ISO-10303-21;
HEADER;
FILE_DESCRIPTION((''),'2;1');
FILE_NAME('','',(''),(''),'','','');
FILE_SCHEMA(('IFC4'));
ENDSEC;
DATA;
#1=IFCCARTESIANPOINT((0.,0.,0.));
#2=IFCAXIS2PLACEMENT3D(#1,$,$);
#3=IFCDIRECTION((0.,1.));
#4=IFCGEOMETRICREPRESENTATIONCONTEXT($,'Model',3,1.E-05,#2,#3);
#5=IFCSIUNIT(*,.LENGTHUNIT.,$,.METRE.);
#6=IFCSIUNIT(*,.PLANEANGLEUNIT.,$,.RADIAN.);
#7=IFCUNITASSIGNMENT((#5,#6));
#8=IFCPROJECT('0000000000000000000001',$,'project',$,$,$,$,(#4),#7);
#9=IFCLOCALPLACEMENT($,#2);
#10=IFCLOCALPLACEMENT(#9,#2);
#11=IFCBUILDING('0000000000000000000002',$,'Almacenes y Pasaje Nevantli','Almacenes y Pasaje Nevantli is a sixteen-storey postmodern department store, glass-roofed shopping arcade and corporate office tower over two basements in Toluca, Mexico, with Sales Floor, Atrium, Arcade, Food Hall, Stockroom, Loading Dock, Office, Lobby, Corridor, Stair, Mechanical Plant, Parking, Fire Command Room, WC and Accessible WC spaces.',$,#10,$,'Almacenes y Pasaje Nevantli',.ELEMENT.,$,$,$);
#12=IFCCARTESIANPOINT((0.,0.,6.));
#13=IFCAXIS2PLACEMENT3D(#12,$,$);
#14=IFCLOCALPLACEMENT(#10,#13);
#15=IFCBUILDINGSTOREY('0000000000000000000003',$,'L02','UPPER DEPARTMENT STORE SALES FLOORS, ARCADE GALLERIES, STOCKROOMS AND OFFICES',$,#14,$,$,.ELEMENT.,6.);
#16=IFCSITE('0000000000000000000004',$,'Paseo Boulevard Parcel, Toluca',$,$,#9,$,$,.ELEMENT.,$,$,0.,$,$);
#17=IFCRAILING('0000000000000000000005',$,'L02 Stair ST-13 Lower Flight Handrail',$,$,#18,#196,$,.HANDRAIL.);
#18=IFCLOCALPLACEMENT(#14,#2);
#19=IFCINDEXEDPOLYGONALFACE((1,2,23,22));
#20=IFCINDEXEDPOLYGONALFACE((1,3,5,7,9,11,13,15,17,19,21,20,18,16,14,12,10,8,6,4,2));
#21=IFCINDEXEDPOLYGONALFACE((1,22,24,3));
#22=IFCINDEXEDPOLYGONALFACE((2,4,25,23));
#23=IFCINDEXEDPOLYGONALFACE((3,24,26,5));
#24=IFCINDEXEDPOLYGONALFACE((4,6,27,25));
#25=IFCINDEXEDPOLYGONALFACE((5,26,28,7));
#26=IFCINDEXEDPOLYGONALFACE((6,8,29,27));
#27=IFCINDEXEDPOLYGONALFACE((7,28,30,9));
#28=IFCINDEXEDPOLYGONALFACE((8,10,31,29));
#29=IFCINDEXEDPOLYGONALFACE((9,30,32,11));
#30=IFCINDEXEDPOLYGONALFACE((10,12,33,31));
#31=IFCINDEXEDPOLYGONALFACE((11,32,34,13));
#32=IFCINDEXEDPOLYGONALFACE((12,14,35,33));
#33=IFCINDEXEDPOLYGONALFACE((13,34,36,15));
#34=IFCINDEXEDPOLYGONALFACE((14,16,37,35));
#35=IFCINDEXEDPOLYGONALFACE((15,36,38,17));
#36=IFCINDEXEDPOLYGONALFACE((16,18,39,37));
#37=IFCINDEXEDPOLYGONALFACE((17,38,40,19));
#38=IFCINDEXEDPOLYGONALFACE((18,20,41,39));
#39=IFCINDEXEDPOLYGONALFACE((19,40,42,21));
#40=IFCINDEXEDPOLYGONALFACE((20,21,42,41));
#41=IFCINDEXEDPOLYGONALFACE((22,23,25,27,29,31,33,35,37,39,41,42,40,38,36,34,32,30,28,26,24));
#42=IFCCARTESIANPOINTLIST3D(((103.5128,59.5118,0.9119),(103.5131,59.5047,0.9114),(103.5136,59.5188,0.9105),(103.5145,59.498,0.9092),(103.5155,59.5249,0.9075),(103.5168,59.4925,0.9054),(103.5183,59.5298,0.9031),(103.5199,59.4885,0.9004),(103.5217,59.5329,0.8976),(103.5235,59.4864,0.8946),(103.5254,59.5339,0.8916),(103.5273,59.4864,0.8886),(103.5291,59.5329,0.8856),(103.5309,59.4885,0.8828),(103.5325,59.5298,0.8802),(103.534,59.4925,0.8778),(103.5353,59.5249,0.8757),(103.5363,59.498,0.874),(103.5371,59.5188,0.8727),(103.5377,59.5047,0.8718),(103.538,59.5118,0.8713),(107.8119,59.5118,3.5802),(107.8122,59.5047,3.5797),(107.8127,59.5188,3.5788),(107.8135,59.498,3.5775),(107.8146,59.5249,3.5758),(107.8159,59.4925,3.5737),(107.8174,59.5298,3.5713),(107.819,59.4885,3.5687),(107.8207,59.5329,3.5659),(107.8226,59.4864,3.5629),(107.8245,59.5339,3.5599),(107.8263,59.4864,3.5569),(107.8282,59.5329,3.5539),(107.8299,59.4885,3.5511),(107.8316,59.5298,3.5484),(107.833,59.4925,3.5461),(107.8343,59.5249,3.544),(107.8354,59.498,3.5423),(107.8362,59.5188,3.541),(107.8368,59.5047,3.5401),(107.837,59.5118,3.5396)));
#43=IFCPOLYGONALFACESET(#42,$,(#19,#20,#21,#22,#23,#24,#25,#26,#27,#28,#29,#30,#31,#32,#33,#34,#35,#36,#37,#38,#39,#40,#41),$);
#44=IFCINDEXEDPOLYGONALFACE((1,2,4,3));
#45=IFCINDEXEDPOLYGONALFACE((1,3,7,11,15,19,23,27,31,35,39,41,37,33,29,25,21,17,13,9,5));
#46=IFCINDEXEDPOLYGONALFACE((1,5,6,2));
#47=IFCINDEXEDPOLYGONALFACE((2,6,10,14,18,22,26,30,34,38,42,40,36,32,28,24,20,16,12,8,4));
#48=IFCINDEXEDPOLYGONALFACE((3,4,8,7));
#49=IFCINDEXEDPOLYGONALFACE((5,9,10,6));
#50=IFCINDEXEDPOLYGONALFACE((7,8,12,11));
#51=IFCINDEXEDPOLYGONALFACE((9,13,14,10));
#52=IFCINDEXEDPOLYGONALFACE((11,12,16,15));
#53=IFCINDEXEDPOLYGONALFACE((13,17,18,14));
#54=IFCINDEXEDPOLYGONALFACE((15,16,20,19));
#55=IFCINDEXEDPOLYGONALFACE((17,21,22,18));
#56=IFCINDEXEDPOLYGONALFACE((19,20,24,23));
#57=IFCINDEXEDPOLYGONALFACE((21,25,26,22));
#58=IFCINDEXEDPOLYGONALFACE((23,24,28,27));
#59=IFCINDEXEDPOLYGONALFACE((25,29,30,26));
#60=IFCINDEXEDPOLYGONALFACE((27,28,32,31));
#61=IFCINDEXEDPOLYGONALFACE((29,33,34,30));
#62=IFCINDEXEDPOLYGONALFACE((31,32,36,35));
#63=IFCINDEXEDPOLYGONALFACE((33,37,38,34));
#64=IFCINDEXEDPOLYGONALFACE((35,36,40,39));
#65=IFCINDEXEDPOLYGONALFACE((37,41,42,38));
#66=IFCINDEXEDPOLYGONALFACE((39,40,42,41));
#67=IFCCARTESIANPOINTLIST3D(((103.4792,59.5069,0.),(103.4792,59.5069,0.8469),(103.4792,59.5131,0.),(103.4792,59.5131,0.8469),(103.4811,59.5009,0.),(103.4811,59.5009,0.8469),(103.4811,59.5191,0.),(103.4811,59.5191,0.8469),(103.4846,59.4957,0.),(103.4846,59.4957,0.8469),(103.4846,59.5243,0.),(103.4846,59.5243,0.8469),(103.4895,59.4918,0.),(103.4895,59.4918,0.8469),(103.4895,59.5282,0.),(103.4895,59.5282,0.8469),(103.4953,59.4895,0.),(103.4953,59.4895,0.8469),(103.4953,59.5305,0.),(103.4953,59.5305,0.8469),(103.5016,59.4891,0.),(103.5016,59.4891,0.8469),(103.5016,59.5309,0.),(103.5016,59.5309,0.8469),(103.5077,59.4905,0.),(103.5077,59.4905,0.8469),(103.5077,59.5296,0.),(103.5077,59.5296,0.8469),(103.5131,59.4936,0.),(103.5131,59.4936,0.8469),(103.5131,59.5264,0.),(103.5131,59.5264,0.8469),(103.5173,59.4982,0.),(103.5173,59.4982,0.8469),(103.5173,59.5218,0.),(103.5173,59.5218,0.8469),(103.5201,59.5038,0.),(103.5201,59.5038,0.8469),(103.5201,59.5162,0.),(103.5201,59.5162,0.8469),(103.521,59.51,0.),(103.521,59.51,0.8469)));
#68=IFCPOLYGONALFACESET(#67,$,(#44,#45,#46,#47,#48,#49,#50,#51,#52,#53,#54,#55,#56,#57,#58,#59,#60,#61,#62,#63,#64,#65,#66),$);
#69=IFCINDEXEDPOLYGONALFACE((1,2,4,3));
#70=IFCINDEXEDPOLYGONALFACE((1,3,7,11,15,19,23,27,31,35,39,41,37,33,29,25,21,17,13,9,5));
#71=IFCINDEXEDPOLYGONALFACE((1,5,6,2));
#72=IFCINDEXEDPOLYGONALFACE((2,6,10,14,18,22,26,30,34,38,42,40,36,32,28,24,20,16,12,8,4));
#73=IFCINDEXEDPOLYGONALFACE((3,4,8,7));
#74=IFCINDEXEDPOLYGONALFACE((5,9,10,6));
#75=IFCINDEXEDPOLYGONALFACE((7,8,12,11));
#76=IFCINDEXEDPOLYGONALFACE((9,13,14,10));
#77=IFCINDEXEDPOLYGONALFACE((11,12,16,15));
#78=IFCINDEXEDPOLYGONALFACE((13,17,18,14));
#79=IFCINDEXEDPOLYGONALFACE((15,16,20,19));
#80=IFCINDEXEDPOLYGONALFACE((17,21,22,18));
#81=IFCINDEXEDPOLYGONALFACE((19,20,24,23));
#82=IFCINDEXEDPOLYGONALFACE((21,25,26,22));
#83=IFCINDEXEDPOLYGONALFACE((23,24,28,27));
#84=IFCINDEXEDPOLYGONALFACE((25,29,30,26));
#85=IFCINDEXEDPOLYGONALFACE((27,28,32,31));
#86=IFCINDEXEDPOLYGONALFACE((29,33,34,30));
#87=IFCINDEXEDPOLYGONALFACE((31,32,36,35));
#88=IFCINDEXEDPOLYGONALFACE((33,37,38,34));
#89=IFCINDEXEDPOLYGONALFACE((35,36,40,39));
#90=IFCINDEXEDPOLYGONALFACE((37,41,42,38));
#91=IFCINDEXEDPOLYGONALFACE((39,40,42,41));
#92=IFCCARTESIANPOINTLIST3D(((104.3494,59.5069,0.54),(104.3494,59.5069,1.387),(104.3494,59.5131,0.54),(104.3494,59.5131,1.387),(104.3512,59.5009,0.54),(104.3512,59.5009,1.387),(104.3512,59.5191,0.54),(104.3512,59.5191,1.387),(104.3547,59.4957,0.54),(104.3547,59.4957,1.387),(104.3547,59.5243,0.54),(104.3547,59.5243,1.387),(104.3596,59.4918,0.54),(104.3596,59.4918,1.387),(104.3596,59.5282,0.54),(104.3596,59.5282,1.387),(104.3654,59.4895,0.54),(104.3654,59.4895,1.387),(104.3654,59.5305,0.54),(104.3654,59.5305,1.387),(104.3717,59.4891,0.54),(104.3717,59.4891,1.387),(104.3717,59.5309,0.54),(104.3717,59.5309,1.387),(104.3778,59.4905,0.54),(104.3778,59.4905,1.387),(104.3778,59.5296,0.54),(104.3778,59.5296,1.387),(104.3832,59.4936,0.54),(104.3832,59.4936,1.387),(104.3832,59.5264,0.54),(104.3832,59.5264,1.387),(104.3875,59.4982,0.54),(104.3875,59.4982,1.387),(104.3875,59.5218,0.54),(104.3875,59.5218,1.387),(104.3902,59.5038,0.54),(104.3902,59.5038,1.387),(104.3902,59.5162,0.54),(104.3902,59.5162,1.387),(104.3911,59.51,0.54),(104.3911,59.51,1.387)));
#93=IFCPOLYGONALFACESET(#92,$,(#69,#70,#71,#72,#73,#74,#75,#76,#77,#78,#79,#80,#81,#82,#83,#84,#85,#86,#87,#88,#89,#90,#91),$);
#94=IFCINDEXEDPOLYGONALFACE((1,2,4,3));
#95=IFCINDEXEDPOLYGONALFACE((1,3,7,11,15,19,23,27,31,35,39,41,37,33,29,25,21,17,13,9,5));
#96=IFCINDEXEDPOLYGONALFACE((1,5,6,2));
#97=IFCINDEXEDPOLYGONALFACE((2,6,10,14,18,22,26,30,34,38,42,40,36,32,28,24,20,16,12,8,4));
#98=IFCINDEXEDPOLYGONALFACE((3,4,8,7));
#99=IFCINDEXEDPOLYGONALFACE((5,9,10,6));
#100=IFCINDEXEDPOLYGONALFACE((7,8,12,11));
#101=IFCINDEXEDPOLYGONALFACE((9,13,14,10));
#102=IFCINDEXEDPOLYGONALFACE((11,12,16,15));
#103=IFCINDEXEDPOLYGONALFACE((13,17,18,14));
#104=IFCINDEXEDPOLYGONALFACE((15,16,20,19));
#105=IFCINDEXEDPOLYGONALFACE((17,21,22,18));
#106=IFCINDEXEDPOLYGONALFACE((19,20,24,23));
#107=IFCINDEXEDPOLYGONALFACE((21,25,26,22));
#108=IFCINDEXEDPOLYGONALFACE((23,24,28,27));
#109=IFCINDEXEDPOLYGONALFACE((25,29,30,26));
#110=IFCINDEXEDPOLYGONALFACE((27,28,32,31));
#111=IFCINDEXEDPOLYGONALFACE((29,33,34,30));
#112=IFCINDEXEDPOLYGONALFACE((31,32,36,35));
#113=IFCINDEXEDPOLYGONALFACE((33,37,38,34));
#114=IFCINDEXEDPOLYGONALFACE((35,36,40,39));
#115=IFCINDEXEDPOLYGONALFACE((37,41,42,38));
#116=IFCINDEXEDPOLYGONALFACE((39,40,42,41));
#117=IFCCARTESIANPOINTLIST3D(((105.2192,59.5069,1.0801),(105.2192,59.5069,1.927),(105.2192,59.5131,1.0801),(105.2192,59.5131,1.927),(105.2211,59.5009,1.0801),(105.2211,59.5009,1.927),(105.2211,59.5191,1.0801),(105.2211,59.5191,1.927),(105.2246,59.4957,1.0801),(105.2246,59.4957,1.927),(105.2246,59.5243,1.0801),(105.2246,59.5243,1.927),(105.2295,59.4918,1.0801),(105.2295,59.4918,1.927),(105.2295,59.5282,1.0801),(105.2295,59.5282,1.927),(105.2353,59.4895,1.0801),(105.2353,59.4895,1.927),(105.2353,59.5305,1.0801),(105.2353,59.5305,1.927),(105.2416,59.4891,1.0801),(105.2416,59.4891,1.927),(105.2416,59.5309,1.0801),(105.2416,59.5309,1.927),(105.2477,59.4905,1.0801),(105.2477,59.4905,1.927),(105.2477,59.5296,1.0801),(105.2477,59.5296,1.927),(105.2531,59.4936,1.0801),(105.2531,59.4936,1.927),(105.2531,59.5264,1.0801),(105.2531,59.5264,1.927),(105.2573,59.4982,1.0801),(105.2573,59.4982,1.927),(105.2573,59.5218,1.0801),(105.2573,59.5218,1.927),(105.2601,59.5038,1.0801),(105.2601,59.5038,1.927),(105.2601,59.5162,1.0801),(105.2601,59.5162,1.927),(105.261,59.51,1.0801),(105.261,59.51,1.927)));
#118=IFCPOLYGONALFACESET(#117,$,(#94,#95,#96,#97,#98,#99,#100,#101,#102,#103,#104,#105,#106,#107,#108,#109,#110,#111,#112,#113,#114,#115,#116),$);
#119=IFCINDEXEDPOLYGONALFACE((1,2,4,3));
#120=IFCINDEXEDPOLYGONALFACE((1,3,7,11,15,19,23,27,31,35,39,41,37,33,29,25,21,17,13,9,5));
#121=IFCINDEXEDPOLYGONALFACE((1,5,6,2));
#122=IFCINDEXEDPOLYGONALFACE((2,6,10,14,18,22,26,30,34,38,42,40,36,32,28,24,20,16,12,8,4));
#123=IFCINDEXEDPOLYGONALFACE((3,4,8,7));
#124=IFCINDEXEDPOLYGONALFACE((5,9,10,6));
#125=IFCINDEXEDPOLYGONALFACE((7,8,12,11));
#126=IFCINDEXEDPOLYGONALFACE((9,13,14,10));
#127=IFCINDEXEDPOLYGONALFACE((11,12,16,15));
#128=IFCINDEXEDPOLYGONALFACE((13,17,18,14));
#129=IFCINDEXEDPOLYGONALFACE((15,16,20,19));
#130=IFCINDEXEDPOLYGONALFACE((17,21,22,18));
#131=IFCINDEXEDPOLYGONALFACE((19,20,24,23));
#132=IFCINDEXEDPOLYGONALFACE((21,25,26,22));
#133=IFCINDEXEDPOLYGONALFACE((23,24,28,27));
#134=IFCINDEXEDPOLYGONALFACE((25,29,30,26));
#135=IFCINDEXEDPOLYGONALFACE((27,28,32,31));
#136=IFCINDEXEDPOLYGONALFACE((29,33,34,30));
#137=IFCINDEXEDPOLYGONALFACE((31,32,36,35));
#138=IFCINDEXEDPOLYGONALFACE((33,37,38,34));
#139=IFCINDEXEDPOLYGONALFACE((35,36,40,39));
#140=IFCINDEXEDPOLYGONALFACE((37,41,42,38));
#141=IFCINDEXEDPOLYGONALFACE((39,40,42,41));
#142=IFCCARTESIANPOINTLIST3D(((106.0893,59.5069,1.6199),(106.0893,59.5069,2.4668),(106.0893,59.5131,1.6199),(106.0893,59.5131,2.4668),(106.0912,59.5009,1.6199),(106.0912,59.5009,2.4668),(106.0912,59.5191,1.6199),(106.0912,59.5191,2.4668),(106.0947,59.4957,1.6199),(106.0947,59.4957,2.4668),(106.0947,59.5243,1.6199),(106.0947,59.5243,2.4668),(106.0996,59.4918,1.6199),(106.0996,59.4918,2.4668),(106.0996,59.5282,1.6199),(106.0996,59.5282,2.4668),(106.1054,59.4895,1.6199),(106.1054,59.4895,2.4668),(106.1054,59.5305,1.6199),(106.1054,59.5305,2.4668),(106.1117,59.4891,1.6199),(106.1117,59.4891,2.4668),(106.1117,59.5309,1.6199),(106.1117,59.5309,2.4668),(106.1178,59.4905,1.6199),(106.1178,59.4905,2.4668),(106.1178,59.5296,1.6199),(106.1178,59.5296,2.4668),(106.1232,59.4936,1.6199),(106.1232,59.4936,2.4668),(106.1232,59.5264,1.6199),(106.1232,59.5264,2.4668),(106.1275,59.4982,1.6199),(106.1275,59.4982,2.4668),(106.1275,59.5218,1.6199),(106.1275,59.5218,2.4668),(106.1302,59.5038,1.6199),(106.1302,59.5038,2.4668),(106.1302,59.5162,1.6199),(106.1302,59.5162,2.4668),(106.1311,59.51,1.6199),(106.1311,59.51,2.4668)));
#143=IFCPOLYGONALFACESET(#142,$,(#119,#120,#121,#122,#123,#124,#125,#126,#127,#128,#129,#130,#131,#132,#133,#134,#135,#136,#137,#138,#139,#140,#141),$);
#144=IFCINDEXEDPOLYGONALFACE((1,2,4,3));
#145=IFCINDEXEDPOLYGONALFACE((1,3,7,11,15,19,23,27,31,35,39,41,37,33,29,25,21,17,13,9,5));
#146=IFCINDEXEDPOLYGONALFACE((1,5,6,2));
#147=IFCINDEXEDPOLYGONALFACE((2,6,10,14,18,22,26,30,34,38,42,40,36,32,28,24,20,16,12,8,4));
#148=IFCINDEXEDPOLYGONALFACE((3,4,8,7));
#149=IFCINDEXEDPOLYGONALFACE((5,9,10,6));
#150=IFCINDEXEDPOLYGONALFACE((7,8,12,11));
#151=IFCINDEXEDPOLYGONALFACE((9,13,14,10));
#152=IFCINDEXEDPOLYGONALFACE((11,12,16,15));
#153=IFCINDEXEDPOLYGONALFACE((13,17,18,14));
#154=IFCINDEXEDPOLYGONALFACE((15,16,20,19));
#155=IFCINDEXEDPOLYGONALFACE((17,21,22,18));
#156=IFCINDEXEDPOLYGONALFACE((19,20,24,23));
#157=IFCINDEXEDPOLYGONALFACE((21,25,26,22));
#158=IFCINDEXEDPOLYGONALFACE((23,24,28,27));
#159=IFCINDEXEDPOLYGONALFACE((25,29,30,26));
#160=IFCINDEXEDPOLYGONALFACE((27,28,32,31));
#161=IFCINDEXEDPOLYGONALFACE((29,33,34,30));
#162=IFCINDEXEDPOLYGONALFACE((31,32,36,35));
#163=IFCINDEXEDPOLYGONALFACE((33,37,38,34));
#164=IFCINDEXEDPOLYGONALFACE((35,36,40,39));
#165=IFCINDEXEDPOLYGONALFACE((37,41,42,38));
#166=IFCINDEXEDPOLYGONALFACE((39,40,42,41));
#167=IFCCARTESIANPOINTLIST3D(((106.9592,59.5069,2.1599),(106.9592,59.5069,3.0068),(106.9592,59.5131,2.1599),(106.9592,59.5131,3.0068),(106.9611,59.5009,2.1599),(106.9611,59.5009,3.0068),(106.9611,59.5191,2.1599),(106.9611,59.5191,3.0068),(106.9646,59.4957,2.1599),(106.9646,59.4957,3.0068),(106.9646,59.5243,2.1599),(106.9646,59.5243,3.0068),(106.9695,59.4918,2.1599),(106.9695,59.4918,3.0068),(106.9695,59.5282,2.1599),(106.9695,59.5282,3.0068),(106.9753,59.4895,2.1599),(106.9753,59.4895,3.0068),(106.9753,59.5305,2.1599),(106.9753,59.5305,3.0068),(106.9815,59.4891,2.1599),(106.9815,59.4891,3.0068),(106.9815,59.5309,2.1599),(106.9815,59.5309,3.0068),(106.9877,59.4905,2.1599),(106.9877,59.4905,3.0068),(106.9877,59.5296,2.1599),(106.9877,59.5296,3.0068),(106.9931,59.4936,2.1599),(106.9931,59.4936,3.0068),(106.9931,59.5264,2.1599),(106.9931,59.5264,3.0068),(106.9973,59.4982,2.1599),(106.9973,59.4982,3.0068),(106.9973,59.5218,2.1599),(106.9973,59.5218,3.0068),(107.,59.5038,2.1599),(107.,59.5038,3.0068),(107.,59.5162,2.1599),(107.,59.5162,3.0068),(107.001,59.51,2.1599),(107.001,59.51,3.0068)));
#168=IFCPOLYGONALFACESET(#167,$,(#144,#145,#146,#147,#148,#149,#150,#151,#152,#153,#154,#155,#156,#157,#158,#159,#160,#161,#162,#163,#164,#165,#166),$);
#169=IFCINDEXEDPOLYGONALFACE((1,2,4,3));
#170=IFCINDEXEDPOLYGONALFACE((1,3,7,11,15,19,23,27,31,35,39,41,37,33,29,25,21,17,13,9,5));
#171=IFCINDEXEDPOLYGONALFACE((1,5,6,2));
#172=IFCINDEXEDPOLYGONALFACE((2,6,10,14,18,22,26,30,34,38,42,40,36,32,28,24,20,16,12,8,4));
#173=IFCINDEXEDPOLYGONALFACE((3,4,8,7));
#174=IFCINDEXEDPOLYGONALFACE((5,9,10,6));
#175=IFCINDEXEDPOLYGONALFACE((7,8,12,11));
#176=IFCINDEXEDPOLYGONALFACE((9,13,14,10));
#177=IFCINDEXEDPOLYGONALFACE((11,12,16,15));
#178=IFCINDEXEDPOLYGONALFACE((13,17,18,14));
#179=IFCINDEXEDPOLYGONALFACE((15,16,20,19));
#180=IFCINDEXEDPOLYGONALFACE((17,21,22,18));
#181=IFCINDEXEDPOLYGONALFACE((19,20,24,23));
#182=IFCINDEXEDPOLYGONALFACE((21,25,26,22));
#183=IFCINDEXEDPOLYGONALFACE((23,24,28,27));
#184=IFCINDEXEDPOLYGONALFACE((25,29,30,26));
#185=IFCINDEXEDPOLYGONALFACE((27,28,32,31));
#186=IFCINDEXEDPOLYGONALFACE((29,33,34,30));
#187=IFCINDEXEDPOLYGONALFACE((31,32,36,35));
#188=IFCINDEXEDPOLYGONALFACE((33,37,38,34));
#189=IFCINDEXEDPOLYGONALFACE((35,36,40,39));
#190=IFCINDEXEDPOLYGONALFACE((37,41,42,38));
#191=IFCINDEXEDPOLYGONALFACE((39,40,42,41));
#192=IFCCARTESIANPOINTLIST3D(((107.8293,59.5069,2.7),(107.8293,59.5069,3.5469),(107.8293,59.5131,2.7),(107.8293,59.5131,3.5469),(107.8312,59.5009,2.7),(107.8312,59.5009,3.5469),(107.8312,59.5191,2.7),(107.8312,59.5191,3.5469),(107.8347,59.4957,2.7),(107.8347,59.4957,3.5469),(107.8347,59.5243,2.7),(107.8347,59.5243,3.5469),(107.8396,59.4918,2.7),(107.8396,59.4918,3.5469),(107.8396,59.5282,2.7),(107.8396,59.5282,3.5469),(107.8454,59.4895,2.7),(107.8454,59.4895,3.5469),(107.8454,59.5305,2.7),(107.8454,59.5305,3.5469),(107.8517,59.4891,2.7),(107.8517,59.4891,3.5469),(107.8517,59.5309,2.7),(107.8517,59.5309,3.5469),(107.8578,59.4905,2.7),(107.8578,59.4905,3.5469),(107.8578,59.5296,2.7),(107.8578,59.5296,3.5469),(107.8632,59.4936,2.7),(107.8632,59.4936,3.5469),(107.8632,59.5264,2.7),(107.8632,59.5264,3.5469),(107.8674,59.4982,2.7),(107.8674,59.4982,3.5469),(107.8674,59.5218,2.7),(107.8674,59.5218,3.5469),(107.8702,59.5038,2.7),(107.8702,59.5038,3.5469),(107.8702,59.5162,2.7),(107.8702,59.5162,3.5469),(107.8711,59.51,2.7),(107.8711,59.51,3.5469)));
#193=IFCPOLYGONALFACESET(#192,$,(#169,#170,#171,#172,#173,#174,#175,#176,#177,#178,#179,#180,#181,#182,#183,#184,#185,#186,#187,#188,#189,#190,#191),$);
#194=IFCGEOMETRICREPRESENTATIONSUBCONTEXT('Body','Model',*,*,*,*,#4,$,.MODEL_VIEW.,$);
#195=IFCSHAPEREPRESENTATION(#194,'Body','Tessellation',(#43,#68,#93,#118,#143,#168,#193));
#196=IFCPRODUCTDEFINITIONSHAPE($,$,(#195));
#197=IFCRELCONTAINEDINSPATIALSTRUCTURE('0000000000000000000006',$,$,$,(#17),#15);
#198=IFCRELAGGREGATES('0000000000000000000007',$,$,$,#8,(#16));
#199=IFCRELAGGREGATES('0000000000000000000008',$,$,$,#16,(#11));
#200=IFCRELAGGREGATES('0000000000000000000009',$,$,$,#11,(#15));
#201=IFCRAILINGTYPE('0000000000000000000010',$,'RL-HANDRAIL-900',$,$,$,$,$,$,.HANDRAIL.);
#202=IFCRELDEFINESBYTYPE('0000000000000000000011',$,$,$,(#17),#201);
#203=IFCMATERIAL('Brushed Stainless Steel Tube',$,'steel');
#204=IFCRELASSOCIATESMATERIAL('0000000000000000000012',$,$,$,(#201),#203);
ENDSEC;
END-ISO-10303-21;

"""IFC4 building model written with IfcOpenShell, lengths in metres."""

from ifc_helpers import new_model, si_unit, direction, frame, origin, origin_2d, place, context, subcontext, project, spatial, circle, extrude, material, type_object, element, save


model = new_model("IFC4")

# Units and contexts
model_context = context("Model", 3, precision=1e-05, world=origin(), true_north=direction((0.0, 1.0)))
body_context = subcontext(model_context, "Body", "Model", "MODEL_VIEW")
ifc_project = project(units=[si_unit("LENGTHUNIT", "METRE"), si_unit("PLANEANGLEUNIT", "RADIAN")], contexts=[model_context])

# Site, building, storey
site_placement = place(None, origin())
site = spatial("IfcSite", under=ifc_project, at=site_placement, Name="Paseo Boulevard Parcel, Toluca", CompositionType="ELEMENT", RefElevation=0.0)
building_placement = place(site_placement, origin())
building = spatial("IfcBuilding", under=site, at=building_placement, Name="Almacenes y Pasaje Nevantli", Description="Almacenes y Pasaje Nevantli is a sixteen-storey postmodern department store, glass-roofed shopping arcade and corporate office tower over two basements in Toluca, Mexico, with Sales Floor, Atrium, Arcade, Food Hall, Stockroom, Loading Dock, Office, Lobby, Corridor, Stair, Mechanical Plant, Parking, Fire Command Room, WC and Accessible WC spaces.", LongName="Almacenes y Pasaje Nevantli", CompositionType="ELEMENT")
storey_placement = place(building_placement, frame((0.0, 0.0, 6.0)))
storey = spatial("IfcBuildingStorey", under=building, at=storey_placement, Name="L02", Description="UPPER DEPARTMENT STORE SALES FLOORS, ARCADE GALLERIES, STOCKROOMS AND OFFICES", CompositionType="ELEMENT", Elevation=6.0)

# Railing
ifc_material_1 = material(Name="Brushed Stainless Steel Tube", Category="steel")
railing_type_1 = type_object("IfcRailingType", Name="RL-HANDRAIL-900", PredefinedType="HANDRAIL", material=ifc_material_1)
railing_1_placement = place(storey_placement, frame((103.5, 59.51, 0.0)))
element("IfcRailing", 1, at=railing_1_placement, inside=storey, type_object=railing_type_1, Name="L02 Stair ST-13 Lower Flight Handrail", PredefinedType="HANDRAIL", context=body_context, shape_type="SweptSolid", body=[
    extrude(circle(Radius=0.0239, at=origin_2d()), frame((0.0254, 0.0, 0.8916), z_axis=(0.84965, 0.0, 0.527347), x_axis=(0.0, 1.0, 0.0)), (0.0, 0.0, 1.0), 5.0598),
    extrude(circle(Radius=0.021, at=origin_2d()), origin(), (0.0, 0.0, 1.0), 0.8469),
    extrude(circle(Radius=0.021, at=origin_2d()), frame((0.8701, 0.0, 0.54)), (0.0, 0.0, 1.0), 0.8469),
    extrude(circle(Radius=0.021, at=origin_2d()), frame((1.74, 0.0, 1.0801)), (0.0, 0.0, 1.0), 0.8469),
    extrude(circle(Radius=0.021, at=origin_2d()), frame((2.6101, 0.0, 1.6199)), (0.0, 0.0, 1.0), 0.8469),
    extrude(circle(Radius=0.021, at=origin_2d()), frame((3.48, 0.0, 2.1599)), (0.0, 0.0, 1.0), 0.8469),
    extrude(circle(Radius=0.021, at=origin_2d()), frame((4.3501, 0.0, 2.7)), (0.0, 0.0, 1.0), 0.8469),
])

save(model, "model.ifc")
